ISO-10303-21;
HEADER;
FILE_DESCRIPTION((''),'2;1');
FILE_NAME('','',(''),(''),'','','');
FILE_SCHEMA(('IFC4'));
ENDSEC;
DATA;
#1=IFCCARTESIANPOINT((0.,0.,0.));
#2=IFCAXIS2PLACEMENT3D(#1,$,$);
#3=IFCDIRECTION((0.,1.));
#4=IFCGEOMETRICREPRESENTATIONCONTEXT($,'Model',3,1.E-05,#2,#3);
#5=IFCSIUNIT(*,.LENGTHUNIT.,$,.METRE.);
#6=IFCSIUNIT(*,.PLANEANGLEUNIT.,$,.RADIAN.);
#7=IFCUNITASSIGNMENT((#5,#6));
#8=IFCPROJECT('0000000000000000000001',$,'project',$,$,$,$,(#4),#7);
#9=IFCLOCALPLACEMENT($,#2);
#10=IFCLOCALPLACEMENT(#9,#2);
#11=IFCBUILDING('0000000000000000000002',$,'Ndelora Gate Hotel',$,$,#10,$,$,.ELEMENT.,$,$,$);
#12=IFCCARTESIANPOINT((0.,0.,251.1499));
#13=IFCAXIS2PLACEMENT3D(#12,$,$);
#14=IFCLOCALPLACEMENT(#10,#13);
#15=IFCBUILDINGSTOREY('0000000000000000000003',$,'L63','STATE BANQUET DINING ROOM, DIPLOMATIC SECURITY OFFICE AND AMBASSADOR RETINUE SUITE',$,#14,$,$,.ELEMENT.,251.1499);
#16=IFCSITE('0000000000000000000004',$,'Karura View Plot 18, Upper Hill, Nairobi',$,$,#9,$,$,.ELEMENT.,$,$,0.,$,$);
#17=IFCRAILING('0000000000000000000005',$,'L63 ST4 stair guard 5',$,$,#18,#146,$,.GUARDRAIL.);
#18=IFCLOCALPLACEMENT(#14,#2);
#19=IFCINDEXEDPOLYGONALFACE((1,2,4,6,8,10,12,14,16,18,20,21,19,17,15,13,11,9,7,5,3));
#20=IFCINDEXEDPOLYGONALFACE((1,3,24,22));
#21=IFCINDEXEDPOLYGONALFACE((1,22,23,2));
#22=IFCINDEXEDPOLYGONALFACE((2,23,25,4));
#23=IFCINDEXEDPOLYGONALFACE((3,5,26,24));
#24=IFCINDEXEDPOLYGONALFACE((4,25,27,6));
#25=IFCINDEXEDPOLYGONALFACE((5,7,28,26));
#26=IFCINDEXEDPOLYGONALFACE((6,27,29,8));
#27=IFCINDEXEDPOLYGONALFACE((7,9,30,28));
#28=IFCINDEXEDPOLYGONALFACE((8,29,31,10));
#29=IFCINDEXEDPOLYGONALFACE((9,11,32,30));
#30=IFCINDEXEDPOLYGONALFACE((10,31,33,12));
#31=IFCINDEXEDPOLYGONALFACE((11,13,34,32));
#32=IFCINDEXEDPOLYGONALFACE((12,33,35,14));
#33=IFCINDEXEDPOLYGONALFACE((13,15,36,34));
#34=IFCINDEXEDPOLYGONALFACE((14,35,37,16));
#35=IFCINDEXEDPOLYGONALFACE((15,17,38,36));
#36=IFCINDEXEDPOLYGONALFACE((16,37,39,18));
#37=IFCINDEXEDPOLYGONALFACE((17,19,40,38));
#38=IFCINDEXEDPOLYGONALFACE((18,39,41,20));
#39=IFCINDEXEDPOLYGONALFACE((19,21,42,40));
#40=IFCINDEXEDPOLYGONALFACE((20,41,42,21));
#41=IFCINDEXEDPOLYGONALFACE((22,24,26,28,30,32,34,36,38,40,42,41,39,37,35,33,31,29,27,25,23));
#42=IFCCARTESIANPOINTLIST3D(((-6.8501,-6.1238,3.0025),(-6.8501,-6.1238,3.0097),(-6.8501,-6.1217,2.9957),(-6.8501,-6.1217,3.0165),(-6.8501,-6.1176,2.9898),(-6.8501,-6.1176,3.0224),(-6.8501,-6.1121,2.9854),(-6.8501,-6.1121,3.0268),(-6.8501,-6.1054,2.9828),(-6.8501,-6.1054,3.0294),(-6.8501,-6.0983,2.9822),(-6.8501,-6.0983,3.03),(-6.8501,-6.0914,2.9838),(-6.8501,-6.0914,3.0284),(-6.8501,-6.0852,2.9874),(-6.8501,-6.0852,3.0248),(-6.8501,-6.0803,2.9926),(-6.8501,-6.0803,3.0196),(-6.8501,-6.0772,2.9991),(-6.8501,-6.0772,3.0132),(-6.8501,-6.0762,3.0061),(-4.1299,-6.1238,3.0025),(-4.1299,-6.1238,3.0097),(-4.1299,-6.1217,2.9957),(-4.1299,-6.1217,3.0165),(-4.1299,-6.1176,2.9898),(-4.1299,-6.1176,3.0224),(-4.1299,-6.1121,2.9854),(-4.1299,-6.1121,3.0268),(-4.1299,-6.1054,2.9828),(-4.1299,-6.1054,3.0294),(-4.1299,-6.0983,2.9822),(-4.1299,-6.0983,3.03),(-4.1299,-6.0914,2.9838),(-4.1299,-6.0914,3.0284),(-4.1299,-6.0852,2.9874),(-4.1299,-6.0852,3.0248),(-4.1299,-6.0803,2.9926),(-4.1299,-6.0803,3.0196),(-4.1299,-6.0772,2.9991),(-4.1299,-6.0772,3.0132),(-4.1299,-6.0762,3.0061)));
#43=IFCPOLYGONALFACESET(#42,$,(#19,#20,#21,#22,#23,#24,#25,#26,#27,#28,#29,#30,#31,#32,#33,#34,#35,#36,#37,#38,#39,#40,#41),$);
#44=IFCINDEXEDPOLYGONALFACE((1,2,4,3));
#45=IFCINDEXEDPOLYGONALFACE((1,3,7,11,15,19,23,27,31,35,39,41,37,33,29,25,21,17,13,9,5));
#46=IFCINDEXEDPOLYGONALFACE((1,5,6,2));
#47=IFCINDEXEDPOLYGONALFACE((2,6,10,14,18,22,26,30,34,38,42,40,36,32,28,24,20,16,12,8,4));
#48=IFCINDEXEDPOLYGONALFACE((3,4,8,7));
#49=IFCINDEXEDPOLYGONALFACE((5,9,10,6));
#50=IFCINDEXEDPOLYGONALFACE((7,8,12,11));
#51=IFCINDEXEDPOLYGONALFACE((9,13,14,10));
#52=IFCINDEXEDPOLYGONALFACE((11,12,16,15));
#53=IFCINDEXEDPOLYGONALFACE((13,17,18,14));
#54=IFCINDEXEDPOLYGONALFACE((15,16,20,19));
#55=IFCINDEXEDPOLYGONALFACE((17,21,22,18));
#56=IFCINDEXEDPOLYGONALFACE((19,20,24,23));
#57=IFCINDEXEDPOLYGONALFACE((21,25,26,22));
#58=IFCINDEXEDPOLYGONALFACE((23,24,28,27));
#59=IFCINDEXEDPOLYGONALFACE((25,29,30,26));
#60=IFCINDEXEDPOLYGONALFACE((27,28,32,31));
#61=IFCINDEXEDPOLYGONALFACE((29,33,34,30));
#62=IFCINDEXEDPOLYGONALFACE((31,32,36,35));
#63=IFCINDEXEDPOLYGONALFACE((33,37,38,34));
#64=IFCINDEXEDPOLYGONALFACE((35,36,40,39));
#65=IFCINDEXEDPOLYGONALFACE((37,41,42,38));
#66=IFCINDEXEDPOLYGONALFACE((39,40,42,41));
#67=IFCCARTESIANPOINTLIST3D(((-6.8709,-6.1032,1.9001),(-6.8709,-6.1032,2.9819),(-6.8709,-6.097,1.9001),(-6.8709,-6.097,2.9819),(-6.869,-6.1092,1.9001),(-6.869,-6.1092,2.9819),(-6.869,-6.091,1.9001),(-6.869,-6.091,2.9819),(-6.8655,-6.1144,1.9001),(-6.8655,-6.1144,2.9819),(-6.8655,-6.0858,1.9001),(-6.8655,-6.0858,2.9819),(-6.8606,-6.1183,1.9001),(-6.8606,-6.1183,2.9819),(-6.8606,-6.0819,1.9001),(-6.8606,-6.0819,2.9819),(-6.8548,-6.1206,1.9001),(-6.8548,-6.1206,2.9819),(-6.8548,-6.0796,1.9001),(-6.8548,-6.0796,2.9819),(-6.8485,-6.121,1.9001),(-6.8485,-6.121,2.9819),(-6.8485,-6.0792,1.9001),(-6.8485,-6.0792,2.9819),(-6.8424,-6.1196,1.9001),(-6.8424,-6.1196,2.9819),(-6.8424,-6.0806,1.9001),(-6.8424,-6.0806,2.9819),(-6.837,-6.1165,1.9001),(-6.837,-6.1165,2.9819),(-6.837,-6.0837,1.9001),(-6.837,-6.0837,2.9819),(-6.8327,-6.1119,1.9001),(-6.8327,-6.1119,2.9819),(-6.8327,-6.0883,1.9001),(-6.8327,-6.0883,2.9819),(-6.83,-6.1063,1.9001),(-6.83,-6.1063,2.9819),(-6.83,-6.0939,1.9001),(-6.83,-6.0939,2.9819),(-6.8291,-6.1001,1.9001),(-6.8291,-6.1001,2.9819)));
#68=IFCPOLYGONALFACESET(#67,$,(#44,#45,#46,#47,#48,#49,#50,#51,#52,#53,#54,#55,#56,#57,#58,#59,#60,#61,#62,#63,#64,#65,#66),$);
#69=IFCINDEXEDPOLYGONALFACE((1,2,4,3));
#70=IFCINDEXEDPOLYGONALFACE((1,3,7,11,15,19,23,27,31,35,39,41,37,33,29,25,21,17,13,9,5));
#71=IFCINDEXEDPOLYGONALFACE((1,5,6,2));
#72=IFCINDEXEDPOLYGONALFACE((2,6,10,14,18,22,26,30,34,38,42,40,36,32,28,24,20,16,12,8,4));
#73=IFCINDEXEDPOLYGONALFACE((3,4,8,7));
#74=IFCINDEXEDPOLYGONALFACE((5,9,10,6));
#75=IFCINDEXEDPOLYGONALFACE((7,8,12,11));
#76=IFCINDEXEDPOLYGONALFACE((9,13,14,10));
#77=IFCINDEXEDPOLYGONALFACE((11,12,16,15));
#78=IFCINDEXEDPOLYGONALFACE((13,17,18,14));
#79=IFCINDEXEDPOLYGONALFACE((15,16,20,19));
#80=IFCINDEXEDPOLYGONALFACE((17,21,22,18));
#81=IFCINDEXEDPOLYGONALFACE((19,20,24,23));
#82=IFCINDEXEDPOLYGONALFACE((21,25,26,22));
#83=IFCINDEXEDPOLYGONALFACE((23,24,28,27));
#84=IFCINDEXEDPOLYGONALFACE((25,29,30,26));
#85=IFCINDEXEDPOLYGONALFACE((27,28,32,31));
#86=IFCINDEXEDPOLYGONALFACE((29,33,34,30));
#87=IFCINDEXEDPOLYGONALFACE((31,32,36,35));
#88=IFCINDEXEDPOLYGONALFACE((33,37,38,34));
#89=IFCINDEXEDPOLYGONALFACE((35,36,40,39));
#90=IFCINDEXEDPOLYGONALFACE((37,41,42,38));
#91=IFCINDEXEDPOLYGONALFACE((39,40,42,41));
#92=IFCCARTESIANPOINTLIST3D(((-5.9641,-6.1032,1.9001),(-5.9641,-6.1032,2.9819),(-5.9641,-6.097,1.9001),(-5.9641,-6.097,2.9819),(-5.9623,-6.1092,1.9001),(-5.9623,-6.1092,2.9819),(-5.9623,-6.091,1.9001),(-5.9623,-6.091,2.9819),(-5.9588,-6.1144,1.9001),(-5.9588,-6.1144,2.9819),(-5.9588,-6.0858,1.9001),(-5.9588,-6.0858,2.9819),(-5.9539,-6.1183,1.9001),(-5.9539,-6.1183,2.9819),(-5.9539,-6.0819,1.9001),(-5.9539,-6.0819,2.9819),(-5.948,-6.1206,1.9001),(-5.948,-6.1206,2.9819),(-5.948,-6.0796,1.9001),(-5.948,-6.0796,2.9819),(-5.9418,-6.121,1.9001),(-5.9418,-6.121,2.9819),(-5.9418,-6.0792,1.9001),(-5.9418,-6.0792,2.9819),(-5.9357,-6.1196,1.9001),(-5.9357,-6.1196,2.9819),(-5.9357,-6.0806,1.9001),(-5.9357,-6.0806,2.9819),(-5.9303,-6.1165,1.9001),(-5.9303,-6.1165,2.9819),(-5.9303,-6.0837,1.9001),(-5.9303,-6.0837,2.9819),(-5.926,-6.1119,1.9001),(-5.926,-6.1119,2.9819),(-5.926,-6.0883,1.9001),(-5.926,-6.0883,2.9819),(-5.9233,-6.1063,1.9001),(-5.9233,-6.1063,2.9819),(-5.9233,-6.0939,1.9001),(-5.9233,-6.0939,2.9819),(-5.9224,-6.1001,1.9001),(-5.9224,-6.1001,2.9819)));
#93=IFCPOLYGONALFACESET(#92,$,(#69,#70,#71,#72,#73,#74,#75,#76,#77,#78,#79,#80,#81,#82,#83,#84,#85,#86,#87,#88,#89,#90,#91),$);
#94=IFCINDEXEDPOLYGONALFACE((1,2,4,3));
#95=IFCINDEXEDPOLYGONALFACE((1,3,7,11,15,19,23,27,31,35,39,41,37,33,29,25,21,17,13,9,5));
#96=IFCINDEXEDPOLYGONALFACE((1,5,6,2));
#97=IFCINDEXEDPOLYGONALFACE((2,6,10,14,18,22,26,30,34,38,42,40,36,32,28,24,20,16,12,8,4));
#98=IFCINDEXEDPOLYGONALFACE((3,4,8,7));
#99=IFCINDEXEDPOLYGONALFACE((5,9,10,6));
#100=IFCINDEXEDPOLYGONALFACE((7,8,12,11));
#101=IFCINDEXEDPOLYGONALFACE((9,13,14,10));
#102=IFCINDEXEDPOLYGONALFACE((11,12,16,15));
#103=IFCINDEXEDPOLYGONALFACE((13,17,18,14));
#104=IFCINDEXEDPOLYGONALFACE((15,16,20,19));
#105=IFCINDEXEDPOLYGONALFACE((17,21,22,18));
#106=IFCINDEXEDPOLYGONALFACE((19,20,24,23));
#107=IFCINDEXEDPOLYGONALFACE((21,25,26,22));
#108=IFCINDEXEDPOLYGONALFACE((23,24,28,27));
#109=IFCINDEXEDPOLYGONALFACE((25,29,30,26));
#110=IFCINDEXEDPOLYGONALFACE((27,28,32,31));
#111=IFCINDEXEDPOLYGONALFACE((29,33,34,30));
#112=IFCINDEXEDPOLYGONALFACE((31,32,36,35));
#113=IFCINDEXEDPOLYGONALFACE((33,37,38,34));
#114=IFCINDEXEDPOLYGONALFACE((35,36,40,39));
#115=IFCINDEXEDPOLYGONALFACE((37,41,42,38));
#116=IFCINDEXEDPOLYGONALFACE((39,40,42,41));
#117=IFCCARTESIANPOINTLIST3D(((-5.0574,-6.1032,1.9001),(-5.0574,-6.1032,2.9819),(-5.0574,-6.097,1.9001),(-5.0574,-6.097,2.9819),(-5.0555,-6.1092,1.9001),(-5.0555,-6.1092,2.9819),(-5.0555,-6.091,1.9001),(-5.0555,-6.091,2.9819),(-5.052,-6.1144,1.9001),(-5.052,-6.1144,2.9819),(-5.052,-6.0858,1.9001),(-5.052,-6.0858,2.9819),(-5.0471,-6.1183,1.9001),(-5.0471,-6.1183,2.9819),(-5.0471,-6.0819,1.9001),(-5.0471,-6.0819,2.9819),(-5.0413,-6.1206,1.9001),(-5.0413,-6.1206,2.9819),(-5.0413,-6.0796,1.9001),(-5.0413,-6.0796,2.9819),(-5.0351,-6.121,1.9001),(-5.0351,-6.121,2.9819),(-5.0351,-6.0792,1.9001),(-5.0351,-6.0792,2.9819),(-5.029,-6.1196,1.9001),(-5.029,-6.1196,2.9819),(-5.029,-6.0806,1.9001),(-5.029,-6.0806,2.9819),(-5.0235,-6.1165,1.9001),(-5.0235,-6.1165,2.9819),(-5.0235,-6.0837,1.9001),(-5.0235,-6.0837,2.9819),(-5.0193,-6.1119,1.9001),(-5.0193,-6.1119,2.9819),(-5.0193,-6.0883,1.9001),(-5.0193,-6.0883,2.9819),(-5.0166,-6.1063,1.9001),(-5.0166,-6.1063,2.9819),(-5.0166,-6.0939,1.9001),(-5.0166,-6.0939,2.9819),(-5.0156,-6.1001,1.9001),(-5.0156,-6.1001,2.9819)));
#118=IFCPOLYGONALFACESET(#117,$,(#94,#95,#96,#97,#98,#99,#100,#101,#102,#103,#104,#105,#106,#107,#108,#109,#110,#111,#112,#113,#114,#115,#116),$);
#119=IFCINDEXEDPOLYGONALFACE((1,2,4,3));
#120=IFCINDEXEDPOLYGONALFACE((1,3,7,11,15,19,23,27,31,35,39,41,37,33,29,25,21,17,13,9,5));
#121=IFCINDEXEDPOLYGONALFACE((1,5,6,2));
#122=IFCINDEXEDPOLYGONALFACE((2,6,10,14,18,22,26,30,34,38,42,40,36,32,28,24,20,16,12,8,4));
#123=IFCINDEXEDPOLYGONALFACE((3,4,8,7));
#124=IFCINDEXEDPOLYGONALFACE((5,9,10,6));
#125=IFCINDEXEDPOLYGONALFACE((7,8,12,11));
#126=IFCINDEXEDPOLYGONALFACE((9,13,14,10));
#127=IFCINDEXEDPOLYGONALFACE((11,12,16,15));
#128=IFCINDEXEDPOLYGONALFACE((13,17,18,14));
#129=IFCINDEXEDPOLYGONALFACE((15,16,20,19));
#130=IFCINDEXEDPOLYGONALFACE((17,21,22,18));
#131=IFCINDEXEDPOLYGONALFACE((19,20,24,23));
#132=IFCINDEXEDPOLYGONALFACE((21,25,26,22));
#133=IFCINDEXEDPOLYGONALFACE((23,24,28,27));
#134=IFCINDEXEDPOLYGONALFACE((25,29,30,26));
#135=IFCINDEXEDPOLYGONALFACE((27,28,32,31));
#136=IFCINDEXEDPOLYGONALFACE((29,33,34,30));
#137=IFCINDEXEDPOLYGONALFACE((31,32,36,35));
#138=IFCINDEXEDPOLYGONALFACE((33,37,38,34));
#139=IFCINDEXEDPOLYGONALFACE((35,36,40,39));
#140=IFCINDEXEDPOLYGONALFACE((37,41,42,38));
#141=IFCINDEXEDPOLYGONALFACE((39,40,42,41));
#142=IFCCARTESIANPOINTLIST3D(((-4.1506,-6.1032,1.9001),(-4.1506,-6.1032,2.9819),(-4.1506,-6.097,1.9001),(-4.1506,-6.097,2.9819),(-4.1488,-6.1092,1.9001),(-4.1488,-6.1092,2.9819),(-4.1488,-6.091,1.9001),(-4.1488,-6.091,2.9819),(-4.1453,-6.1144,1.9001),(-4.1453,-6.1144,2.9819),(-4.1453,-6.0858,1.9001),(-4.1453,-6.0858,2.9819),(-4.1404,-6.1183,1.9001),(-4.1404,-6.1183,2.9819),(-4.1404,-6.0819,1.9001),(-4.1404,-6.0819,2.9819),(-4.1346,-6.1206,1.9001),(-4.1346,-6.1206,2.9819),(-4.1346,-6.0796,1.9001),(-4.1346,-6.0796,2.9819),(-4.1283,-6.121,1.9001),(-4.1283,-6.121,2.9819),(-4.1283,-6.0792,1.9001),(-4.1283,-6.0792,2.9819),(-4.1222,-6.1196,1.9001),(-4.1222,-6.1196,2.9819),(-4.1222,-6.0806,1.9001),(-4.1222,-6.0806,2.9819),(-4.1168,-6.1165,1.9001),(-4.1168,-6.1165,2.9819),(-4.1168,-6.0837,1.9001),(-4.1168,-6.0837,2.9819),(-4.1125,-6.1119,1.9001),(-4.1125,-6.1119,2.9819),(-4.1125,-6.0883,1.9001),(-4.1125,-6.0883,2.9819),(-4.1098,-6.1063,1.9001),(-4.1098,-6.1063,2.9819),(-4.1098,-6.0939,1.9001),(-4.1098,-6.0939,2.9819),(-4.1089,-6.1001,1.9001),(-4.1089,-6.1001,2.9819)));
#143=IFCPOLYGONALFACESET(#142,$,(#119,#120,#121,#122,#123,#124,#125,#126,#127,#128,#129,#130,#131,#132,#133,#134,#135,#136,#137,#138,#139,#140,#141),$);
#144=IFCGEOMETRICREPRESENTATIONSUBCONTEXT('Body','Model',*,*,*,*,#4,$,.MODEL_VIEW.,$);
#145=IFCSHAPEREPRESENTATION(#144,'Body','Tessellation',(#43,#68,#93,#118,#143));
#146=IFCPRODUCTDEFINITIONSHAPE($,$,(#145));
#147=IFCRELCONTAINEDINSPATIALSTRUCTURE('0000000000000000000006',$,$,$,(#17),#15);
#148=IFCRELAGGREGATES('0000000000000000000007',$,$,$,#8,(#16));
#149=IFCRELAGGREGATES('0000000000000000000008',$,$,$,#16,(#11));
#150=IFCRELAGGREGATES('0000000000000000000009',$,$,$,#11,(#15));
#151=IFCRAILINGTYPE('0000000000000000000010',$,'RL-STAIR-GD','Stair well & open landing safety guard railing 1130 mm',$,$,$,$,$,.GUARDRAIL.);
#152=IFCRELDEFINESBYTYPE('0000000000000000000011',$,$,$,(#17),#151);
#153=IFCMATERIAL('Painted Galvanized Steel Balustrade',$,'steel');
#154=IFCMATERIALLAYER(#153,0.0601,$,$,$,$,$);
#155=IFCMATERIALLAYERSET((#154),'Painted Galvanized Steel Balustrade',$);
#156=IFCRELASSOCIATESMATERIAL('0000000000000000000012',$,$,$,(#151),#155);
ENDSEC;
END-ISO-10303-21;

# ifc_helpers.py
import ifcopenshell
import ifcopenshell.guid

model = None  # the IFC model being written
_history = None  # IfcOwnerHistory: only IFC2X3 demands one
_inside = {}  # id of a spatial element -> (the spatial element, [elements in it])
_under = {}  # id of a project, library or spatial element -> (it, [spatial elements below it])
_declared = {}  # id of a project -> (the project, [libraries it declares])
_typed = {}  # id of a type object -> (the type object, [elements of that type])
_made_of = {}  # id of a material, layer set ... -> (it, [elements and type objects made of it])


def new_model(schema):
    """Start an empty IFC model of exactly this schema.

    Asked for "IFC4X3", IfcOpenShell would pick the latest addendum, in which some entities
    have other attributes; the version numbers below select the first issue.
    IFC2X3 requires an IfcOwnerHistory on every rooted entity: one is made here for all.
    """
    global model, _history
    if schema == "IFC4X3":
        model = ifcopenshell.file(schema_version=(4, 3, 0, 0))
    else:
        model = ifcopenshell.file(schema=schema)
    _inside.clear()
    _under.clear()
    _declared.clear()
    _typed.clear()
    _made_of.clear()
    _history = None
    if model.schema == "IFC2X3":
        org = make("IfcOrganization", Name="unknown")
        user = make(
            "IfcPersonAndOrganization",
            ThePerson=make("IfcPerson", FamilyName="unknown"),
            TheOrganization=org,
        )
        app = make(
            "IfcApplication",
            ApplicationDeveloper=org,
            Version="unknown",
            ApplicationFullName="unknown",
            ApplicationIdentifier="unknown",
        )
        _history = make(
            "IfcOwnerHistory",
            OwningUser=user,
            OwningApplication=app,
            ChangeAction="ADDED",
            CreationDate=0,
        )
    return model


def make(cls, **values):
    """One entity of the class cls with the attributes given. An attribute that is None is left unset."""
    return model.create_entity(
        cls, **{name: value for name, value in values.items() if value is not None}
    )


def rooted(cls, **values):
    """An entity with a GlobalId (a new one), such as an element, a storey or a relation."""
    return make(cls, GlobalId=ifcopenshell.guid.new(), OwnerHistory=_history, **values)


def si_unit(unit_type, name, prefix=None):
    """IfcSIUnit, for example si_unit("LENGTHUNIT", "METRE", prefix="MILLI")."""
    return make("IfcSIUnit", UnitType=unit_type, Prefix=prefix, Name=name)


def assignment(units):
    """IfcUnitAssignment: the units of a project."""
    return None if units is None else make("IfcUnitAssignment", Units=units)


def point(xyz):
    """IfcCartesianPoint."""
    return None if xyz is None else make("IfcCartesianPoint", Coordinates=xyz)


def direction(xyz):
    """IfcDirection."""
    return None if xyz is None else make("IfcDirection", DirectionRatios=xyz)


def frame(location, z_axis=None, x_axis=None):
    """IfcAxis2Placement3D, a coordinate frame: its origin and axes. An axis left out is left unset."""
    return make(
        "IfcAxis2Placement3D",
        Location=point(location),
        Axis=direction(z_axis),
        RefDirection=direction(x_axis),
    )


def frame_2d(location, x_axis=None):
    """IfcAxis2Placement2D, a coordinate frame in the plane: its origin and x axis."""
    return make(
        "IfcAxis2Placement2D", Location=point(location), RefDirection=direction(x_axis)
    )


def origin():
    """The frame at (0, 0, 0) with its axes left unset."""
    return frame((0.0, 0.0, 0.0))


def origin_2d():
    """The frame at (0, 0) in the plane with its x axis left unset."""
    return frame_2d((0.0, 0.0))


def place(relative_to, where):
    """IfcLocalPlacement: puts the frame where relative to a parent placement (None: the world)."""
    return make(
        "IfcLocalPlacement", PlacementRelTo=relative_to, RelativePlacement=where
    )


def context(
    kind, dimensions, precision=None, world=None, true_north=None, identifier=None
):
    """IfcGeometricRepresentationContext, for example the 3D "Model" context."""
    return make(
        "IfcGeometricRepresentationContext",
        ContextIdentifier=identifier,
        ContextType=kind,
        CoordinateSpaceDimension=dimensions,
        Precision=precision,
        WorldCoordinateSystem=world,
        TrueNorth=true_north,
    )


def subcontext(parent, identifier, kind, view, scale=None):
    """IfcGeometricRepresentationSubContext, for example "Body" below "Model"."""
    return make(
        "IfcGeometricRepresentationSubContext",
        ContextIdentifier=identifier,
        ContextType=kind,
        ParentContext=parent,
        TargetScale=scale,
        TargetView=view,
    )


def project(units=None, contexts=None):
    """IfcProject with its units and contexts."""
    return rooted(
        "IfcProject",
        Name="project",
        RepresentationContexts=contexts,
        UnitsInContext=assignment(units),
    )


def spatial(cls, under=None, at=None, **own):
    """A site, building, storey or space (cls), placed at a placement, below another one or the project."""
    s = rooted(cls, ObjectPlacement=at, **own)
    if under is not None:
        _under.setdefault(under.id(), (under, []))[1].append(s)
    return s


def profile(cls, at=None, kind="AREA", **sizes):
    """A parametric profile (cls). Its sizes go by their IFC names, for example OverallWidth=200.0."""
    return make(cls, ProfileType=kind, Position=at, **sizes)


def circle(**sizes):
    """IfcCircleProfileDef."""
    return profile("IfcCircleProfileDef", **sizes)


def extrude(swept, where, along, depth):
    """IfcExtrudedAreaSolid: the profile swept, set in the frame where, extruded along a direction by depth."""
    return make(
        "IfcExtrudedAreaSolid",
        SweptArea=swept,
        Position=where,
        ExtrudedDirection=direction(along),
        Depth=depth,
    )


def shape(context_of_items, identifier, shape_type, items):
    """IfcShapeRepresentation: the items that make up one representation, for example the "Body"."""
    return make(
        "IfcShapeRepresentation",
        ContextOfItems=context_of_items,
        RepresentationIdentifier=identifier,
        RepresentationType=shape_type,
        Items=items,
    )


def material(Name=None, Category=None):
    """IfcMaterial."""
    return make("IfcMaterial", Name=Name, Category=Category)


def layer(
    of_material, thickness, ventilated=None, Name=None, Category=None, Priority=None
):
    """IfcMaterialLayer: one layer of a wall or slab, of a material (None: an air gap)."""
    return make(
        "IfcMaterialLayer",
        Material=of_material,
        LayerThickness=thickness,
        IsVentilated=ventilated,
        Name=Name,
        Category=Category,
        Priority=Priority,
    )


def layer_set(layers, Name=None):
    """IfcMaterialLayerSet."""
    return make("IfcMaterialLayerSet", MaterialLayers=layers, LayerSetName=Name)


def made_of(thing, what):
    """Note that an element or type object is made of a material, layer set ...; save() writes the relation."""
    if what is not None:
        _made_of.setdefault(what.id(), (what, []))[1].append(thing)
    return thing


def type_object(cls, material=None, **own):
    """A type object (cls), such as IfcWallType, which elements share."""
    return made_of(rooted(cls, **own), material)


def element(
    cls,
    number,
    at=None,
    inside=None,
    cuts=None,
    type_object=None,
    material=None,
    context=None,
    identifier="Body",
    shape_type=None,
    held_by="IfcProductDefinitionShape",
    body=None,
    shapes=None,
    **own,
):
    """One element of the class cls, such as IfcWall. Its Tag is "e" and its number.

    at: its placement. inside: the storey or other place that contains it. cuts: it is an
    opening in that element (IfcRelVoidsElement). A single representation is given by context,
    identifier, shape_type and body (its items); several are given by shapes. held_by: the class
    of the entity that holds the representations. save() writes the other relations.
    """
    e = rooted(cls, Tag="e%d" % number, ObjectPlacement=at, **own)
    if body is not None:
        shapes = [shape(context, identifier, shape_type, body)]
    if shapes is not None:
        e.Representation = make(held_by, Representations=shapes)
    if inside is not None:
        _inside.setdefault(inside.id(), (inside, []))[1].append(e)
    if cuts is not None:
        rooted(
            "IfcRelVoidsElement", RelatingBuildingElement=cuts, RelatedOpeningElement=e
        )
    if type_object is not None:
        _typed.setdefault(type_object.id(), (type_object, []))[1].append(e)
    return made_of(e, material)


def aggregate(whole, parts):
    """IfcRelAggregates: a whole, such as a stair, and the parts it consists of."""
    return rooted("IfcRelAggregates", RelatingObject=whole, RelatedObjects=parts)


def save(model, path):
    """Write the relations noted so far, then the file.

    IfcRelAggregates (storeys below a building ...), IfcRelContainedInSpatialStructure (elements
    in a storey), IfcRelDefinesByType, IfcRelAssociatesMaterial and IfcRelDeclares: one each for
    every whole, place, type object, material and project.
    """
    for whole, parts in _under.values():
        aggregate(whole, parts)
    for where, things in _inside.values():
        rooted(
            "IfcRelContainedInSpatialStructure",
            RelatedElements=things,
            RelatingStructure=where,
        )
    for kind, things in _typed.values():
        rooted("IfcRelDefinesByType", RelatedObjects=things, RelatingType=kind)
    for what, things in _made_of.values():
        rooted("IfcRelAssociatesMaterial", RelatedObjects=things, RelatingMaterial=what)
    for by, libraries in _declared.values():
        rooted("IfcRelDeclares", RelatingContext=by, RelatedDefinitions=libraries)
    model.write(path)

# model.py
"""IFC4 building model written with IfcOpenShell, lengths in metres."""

from ifc_helpers import new_model, si_unit, direction, frame, origin, origin_2d, place, context, subcontext, project, spatial, circle, extrude, material, layer, layer_set, type_object, element, save


model = new_model("IFC4")

# Units and contexts
model_context = context("Model", 3, precision=1e-05, world=origin(), true_north=direction((0.0, 1.0)))
body_context = subcontext(model_context, "Body", "Model", "MODEL_VIEW")
ifc_project = project(units=[si_unit("LENGTHUNIT", "METRE"), si_unit("PLANEANGLEUNIT", "RADIAN")], contexts=[model_context])

# Site, building, storey
site_placement = place(None, origin())
site = spatial("IfcSite", under=ifc_project, at=site_placement, Name="Karura View Plot 18, Upper Hill, Nairobi", CompositionType="ELEMENT", RefElevation=0.0)
building_placement = place(site_placement, origin())
building = spatial("IfcBuilding", under=site, at=building_placement, Name="Ndelora Gate Hotel", CompositionType="ELEMENT")
storey_placement = place(building_placement, frame((0.0, 0.0, 251.1499)))
storey = spatial("IfcBuildingStorey", under=building, at=storey_placement, Name="L63", Description="STATE BANQUET DINING ROOM, DIPLOMATIC SECURITY OFFICE AND AMBASSADOR RETINUE SUITE", CompositionType="ELEMENT", Elevation=251.1499)

# Railing
ifc_material_1 = material(Name="Painted Galvanized Steel Balustrade", Category="steel")
ifc_layer_1 = layer(ifc_material_1, 0.0601)
ifc_layer_set_1 = layer_set([ifc_layer_1], Name="Painted Galvanized Steel Balustrade")
railing_type_1 = type_object("IfcRailingType", Name="RL-STAIR-GD", Description="Stair well & open landing safety guard railing 1130 mm", PredefinedType="GUARDRAIL", material=ifc_layer_set_1)
railing_1_placement = place(storey_placement, frame((-6.8501, -6.1001, 1.9001)))
element("IfcRailing", 1, at=railing_1_placement, inside=storey, type_object=railing_type_1, Name="L63 ST4 stair guard 5", PredefinedType="GUARDRAIL", context=body_context, shape_type="SweptSolid", body=[
    extrude(circle(Radius=0.0239, at=origin_2d()), frame((0.0, 0.0, 1.106), z_axis=(1.0, 0.0, 0.0), x_axis=(0.0, 1.0, 0.0)), (0.0, 0.0, 1.0), 2.7202),
    extrude(circle(Radius=0.021, at=origin_2d()), origin(), (0.0, 0.0, 1.0), 1.0818),
    extrude(circle(Radius=0.021, at=origin_2d()), frame((0.9067, 0.0, 0.0)), (0.0, 0.0, 1.0), 1.0818),
    extrude(circle(Radius=0.021, at=origin_2d()), frame((1.8135, 0.0, 0.0)), (0.0, 0.0, 1.0), 1.0818),
    extrude(circle(Radius=0.021, at=origin_2d()), frame((2.7202, 0.0, 0.0)), (0.0, 0.0, 1.0), 1.0818),
])

save(model, "model.ifc")
